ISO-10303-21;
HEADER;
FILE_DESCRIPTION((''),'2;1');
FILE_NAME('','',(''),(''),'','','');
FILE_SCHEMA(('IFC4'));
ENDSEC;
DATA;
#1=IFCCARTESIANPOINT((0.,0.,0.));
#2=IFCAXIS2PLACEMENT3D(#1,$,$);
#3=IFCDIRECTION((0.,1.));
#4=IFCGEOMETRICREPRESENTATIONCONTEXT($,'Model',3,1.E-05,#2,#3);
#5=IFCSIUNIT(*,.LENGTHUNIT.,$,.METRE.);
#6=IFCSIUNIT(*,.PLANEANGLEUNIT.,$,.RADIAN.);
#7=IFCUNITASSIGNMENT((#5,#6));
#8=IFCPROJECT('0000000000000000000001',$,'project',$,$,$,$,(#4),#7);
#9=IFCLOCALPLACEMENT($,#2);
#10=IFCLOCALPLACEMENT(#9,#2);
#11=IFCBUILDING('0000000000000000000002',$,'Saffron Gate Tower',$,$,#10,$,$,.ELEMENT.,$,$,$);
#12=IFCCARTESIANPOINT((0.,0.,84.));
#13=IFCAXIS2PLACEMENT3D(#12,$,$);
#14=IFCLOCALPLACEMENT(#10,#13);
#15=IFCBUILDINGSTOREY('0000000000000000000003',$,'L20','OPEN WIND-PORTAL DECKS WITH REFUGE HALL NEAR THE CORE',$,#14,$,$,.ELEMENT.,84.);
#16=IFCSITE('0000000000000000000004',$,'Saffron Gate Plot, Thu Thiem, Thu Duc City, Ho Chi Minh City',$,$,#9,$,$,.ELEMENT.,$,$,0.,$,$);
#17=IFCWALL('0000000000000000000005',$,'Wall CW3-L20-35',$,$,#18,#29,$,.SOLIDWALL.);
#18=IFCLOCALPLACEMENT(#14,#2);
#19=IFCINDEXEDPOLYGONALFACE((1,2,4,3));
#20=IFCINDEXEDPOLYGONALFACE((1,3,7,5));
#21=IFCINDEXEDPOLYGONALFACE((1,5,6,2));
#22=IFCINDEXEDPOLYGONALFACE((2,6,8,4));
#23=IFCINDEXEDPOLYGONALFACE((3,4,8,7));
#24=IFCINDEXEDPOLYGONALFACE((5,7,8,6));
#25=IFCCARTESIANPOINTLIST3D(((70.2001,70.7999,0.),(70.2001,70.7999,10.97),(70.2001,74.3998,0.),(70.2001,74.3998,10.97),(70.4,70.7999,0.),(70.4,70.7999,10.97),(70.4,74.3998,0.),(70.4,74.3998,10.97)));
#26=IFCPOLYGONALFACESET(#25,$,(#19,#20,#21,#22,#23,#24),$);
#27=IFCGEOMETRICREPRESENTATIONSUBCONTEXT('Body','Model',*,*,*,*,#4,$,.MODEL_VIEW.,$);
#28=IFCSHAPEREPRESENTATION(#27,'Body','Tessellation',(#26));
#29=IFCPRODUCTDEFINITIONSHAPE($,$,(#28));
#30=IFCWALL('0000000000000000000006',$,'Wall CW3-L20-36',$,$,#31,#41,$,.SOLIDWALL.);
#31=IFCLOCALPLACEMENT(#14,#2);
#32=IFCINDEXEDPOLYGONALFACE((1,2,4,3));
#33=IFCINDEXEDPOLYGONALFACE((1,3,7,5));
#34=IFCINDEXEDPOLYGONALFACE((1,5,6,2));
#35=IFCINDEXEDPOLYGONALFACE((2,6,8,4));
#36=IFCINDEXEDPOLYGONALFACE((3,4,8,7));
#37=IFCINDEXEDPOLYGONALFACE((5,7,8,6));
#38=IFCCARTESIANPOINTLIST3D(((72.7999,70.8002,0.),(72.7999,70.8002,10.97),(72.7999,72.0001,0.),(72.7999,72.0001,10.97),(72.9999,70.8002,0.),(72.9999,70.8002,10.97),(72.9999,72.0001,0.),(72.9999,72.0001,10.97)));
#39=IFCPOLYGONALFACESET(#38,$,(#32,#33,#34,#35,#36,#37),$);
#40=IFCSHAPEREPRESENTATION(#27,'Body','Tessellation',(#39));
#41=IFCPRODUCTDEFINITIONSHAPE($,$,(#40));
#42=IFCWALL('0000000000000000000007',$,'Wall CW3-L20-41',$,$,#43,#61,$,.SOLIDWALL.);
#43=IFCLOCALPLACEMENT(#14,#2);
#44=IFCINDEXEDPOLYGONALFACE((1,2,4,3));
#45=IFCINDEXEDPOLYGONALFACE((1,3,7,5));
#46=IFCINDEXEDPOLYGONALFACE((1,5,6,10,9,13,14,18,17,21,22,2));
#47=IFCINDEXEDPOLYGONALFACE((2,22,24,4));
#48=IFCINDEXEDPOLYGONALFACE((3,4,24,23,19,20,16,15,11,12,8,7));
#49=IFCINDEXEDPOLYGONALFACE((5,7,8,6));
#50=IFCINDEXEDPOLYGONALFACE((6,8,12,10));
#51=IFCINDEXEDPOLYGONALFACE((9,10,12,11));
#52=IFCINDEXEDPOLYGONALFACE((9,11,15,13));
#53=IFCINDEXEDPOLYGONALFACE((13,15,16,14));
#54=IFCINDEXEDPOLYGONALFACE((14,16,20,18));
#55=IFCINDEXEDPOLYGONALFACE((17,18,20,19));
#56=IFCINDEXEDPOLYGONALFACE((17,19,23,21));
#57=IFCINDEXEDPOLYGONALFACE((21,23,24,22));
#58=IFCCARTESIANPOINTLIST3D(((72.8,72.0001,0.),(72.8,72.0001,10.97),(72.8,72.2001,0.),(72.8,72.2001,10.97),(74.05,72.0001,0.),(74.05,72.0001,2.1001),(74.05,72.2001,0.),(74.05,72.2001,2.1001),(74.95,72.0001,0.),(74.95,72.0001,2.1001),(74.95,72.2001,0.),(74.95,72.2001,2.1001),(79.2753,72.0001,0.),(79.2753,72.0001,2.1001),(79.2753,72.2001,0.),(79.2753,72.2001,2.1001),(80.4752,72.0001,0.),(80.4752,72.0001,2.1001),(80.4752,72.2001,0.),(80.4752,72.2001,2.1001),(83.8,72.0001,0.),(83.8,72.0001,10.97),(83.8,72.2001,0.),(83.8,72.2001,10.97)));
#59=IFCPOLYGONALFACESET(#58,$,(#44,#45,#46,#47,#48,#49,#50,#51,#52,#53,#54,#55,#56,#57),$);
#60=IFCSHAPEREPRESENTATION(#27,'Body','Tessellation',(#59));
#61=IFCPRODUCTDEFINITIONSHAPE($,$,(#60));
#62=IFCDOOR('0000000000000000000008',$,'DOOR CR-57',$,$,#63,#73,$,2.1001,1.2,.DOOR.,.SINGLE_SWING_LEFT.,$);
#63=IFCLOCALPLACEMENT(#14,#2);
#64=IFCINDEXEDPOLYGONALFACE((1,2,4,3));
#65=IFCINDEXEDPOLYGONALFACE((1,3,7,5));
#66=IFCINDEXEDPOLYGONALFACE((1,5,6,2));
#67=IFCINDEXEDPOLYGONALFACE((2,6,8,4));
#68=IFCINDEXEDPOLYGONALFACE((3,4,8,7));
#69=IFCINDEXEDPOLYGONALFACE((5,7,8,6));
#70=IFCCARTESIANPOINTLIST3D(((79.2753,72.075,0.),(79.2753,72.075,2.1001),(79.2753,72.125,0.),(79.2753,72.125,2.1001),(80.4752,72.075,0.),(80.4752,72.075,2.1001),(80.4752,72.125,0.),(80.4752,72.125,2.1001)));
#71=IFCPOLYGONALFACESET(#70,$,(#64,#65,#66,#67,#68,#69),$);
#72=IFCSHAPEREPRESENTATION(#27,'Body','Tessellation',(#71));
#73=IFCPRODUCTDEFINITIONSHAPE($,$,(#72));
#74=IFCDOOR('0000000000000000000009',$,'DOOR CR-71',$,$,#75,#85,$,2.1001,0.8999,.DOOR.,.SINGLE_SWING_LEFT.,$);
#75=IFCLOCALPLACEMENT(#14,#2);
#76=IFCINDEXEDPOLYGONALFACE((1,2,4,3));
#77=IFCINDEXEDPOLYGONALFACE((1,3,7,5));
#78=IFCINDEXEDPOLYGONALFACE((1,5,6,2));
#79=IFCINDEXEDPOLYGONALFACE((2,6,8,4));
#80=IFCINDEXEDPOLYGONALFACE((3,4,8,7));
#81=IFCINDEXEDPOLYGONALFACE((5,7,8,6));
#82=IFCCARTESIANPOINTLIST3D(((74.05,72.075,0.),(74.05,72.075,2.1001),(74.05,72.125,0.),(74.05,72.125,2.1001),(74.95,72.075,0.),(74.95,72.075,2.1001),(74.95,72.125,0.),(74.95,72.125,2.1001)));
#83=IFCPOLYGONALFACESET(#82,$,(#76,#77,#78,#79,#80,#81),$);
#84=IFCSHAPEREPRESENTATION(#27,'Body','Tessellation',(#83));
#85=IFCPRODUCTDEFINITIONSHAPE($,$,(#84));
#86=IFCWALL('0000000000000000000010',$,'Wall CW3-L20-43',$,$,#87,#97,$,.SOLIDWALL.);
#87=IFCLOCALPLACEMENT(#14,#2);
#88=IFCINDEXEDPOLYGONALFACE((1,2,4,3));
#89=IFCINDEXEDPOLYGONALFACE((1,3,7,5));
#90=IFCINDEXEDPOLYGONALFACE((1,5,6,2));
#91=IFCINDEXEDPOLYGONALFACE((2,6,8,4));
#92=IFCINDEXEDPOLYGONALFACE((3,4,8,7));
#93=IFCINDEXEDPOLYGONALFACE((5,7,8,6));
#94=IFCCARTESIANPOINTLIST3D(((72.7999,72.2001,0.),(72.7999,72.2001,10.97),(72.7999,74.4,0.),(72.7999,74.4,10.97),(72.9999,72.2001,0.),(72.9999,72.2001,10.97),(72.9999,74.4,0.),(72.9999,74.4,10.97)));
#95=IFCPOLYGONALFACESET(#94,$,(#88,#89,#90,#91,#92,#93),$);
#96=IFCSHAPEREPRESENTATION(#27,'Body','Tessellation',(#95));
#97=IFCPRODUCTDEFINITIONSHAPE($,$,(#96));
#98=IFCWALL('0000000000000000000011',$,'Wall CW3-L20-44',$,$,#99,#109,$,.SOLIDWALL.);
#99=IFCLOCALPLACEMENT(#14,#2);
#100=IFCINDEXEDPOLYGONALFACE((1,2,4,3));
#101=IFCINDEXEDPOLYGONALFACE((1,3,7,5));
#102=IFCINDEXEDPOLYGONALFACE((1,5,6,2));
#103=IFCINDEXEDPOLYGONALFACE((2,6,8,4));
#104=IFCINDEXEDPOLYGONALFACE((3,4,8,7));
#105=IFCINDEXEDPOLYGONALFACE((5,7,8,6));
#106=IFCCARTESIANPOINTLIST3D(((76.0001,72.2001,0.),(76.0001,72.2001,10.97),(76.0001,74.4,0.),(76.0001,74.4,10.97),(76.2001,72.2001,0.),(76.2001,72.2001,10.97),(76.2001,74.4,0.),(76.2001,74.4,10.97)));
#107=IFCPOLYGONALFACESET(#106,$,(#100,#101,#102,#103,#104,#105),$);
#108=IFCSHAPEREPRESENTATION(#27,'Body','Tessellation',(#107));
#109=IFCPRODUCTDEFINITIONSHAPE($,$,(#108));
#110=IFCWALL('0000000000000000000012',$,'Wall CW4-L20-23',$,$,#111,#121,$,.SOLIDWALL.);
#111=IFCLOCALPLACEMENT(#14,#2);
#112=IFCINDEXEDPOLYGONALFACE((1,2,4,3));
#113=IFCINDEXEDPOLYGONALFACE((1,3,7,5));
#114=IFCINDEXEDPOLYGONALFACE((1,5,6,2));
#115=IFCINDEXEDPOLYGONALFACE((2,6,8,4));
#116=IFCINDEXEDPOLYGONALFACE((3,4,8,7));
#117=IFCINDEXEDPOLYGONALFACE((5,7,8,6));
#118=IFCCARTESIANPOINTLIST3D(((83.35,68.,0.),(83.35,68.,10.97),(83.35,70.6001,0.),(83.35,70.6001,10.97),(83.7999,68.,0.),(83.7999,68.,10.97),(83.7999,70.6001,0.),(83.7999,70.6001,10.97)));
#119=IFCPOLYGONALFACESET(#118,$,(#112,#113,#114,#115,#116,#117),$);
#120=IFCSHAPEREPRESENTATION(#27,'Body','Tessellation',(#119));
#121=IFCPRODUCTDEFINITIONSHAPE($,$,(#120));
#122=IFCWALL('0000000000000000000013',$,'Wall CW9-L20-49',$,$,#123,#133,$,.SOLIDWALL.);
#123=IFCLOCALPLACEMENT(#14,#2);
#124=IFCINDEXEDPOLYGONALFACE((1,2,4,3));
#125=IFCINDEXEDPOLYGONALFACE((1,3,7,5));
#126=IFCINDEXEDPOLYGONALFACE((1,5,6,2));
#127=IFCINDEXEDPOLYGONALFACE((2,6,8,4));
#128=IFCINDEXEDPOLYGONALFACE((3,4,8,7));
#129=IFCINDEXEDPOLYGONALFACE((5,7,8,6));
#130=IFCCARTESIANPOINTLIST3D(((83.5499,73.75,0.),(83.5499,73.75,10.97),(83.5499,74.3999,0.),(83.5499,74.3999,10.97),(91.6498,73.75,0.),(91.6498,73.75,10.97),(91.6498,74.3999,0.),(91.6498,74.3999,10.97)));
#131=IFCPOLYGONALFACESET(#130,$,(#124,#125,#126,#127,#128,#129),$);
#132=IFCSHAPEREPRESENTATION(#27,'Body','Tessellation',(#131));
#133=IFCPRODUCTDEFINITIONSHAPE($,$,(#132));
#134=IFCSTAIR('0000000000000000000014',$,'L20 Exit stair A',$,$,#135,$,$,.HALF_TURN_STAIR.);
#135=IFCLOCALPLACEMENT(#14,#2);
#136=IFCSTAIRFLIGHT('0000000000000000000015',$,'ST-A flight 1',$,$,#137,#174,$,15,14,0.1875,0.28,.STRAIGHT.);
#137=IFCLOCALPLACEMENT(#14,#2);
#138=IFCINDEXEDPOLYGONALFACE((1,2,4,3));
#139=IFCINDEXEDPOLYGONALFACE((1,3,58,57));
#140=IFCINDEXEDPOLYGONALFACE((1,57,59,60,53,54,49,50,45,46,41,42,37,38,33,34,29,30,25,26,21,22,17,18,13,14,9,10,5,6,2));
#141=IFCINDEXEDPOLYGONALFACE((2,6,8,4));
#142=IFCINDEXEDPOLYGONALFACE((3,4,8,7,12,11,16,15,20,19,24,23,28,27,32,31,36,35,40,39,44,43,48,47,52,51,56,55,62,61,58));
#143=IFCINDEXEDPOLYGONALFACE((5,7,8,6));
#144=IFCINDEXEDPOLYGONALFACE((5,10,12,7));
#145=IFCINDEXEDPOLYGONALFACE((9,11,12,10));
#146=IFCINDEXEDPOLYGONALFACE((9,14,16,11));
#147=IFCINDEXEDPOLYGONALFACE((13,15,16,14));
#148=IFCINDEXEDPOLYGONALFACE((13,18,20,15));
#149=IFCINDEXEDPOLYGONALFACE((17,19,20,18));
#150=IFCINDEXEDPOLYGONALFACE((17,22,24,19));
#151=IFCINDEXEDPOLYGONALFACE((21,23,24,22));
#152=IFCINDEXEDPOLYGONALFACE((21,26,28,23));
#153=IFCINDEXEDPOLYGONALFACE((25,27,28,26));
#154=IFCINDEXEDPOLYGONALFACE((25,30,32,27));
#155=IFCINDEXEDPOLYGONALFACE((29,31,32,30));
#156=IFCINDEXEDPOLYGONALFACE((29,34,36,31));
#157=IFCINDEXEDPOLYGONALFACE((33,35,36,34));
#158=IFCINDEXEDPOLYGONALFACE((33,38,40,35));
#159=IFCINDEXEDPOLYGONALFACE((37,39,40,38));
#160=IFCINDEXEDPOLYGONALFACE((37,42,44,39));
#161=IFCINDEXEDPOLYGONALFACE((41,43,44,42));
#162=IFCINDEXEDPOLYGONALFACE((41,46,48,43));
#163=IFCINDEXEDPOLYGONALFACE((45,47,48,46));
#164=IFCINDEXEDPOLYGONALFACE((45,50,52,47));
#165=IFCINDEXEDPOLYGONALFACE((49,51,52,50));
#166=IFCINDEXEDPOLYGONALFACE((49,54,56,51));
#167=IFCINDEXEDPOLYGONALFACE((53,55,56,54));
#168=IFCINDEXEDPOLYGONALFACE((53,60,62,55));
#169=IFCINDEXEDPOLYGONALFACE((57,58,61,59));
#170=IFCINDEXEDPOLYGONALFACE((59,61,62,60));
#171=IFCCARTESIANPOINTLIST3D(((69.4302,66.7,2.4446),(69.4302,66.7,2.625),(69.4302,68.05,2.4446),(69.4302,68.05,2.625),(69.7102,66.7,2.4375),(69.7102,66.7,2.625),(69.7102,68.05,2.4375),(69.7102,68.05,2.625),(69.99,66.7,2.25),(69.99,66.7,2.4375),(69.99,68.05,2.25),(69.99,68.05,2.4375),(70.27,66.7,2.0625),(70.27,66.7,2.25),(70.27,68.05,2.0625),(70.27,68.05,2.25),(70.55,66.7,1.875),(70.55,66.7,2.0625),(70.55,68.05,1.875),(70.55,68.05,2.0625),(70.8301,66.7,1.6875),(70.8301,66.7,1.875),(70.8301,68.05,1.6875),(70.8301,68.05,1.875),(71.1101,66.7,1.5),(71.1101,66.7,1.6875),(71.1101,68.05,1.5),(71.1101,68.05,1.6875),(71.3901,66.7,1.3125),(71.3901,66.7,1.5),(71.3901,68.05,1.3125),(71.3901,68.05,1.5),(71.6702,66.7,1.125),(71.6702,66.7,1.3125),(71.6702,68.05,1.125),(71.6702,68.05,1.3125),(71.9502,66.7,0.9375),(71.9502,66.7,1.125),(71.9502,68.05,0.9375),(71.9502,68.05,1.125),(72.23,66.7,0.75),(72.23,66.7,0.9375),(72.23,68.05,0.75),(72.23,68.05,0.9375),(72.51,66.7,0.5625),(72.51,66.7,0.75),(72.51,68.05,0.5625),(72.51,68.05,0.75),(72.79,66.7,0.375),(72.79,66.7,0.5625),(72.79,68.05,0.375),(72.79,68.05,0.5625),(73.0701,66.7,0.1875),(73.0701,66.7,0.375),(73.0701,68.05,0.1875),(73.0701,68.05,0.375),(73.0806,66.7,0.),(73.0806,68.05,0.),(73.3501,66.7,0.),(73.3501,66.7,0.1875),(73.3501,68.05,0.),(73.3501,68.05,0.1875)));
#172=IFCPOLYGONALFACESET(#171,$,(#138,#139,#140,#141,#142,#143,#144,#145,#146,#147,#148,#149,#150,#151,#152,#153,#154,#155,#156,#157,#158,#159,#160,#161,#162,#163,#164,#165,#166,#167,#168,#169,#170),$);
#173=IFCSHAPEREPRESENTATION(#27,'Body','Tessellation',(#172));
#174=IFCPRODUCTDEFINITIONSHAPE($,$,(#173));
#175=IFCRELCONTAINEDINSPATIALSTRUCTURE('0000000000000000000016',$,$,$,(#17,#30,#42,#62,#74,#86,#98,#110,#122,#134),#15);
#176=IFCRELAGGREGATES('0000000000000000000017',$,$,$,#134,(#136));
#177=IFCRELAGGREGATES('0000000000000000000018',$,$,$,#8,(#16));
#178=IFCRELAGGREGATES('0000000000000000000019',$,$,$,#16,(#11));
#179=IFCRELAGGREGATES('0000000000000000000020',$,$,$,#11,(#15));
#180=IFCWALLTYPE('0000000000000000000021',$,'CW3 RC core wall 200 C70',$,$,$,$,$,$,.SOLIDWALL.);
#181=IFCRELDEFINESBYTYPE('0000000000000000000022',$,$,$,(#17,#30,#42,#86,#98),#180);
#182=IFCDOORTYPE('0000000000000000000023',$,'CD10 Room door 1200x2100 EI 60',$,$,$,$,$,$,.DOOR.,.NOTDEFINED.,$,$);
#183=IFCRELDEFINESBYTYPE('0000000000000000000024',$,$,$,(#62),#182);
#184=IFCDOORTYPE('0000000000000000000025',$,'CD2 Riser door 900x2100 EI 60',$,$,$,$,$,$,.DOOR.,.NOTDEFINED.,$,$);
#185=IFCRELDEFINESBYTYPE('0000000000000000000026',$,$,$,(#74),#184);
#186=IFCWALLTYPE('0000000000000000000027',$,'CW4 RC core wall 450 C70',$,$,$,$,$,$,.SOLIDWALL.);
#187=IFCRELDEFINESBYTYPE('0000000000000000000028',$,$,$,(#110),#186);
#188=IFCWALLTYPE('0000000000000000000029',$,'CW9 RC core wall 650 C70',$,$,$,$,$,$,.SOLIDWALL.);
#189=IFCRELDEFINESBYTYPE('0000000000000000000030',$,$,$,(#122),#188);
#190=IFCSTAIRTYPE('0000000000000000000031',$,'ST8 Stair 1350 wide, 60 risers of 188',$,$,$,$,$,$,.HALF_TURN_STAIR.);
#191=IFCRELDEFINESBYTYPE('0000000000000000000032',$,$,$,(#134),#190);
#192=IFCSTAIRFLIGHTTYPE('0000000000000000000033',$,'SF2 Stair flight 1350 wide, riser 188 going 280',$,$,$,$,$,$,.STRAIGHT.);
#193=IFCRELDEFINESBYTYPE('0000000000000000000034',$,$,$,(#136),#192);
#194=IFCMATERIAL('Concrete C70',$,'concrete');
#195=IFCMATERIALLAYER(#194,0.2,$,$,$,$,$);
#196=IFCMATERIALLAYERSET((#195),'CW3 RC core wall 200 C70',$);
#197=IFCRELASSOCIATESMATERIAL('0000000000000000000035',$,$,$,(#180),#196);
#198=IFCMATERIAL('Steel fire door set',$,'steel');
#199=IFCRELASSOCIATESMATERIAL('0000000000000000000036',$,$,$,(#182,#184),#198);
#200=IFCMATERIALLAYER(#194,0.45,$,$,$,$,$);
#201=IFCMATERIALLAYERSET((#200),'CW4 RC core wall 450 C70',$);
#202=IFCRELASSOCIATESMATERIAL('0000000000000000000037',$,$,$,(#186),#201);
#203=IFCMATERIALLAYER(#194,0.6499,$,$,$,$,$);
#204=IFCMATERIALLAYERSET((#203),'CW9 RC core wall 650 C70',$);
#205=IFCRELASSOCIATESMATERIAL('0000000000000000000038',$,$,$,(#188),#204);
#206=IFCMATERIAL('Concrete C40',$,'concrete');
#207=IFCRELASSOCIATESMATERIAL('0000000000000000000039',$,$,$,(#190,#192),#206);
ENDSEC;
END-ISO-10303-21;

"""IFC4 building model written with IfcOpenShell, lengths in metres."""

from ifc_helpers import new_model, si_unit, direction, frame, frame_2d, origin, place, context, subcontext, project, spatial, polyline, rectangle, outline, extrude, material, layer, layer_set, type_object, element, fill, aggregate, save


model = new_model("IFC4")

# Units and contexts
model_context = context("Model", 3, precision=1e-05, world=origin(), true_north=direction((0.0, 1.0)))
body_context = subcontext(model_context, "Body", "Model", "MODEL_VIEW")
ifc_project = project(units=[si_unit("LENGTHUNIT", "METRE"), si_unit("PLANEANGLEUNIT", "RADIAN")], contexts=[model_context])

# Site, building, storey
site_placement = place(None, origin())
site = spatial("IfcSite", under=ifc_project, at=site_placement, Name="Saffron Gate Plot, Thu Thiem, Thu Duc City, Ho Chi Minh City", CompositionType="ELEMENT", RefElevation=0.0)
building_placement = place(site_placement, origin())
building = spatial("IfcBuilding", under=site, at=building_placement, Name="Saffron Gate Tower", CompositionType="ELEMENT")
storey_placement = place(building_placement, frame((0.0, 0.0, 84.0)))
storey = spatial("IfcBuildingStorey", under=building, at=storey_placement, Name="L20", Description="OPEN WIND-PORTAL DECKS WITH REFUGE HALL NEAR THE CORE", CompositionType="ELEMENT", Elevation=84.0)

# Shared definitions
ifc_material_1 = material(Name="Concrete C70", Category="concrete")

# Shared definitions
ifc_layer_1 = layer(ifc_material_1, 0.2)
ifc_layer_set_1 = layer_set([ifc_layer_1], Name="CW3 RC core wall 200 C70")
wall_type_1 = type_object("IfcWallType", Name="CW3 RC core wall 200 C70", PredefinedType="SOLIDWALL", material=ifc_layer_set_1)
ifc_material_2 = material(Name="Steel fire door set", Category="steel")

# Walls
wall_1_placement = place(storey_placement, frame((70.3, 70.8, 0.0), z_axis=(0.0, 0.0, 1.0), x_axis=(0.0, 1.0, 0.0)))
element("IfcWall", 1, at=wall_1_placement, inside=storey, type_object=wall_type_1, Name="Wall CW3-L20-35", PredefinedType="SOLIDWALL", context=body_context, shape_type="SweptSolid", body=[
    extrude(rectangle(XDim=3.5999, YDim=0.2, at=frame_2d((1.7998, 0.0))), origin(), (0.0, 0.0, 1.0), 10.97),
])
wall_2_placement = place(storey_placement, frame((72.8999, 70.8, 0.0), z_axis=(0.0, 0.0, 1.0), x_axis=(0.0, 1.0, 0.0)))
element("IfcWall", 2, at=wall_2_placement, inside=storey, type_object=wall_type_1, Name="Wall CW3-L20-36", PredefinedType="SOLIDWALL", context=body_context, shape_type="SweptSolid", body=[
    extrude(rectangle(XDim=1.2, YDim=0.2, at=frame_2d((0.6001, 0.0))), origin(), (0.0, 0.0, 1.0), 10.97),
])

# Wall, openings, doors
wall_3_placement = place(storey_placement, frame((72.8, 72.1001, 0.0), z_axis=(0.0, 0.0, 1.0), x_axis=(1.0, 0.0, 0.0)))
wall_3 = element("IfcWall", 3, at=wall_3_placement, inside=storey, type_object=wall_type_1, Name="Wall CW3-L20-41", PredefinedType="SOLIDWALL", context=body_context, shape_type="SweptSolid", body=[
    extrude(rectangle(XDim=11.0, YDim=0.2, at=frame_2d((5.5, 0.0))), origin(), (0.0, 0.0, 1.0), 10.97),
])
opening_1_placement = place(wall_3_placement, frame((1.25, 0.0, 0.0)))
opening_1 = element("IfcOpeningElement", 4, at=opening_1_placement, cuts=wall_3, PredefinedType="OPENING", context=body_context, shape_type="SweptSolid", body=[
    extrude(rectangle(XDim=0.8999, YDim=2.1001, at=frame_2d((0.45, 1.05))), frame((0.0, 0.1099, 0.0), z_axis=(0.0, -1.0, 0.0), x_axis=(1.0, 0.0, 0.0)), (0.0, 0.0, 1.0), 0.22),
])
opening_2_placement = place(wall_3_placement, frame((6.4751, 0.0, 0.0)))
opening_2 = element("IfcOpeningElement", 5, at=opening_2_placement, cuts=wall_3, PredefinedType="OPENING", context=body_context, shape_type="SweptSolid", body=[
    extrude(rectangle(XDim=1.2, YDim=2.1001, at=frame_2d((0.6001, 1.05))), frame((0.0, 0.1099, 0.0), z_axis=(0.0, -1.0, 0.0), x_axis=(1.0, 0.0, 0.0)), (0.0, 0.0, 1.0), 0.22),
])
door_type_1 = type_object("IfcDoorType", Name="CD10 Room door 1200x2100 EI 60", OperationType="NOTDEFINED", PredefinedType="DOOR", material=ifc_material_2)
door_1_placement = place(opening_2_placement, origin())
door_1 = element("IfcDoor", 6, at=door_1_placement, inside=storey, type_object=door_type_1, Name="DOOR CR-57", OperationType="SINGLE_SWING_LEFT", OverallHeight=2.1001, OverallWidth=1.2, PredefinedType="DOOR", context=body_context, shape_type="SweptSolid", body=[
    extrude(rectangle(XDim=1.2, YDim=2.1001, at=frame_2d((0.6001, 1.05))), frame((0.0, 0.0249, 0.0), z_axis=(0.0, -1.0, 0.0), x_axis=(1.0, 0.0, 0.0)), (0.0, 0.0, 1.0), 0.05),
])
fill(opening_2, door_1)
door_type_2 = type_object("IfcDoorType", Name="CD2 Riser door 900x2100 EI 60", OperationType="NOTDEFINED", PredefinedType="DOOR", material=ifc_material_2)
door_2_placement = place(opening_1_placement, origin())
door_2 = element("IfcDoor", 7, at=door_2_placement, inside=storey, type_object=door_type_2, Name="DOOR CR-71", OperationType="SINGLE_SWING_LEFT", OverallHeight=2.1001, OverallWidth=0.8999, PredefinedType="DOOR", context=body_context, shape_type="SweptSolid", body=[
    extrude(rectangle(XDim=0.8999, YDim=2.1001, at=frame_2d((0.45, 1.05))), frame((0.0, 0.0249, 0.0), z_axis=(0.0, -1.0, 0.0), x_axis=(1.0, 0.0, 0.0)), (0.0, 0.0, 1.0), 0.05),
])
fill(opening_1, door_2)

# Walls
for number, where, z_axis, x_axis, name in (
    (8, (72.8999, 72.2, 0.0), (0.0, 0.0, 1.0), (0.0, 1.0, 0.0), "Wall CW3-L20-43"),
    (9, (76.1001, 72.2, 0.0), (0.0, 0.0, 1.0), (0.0, 1.0, 0.0), "Wall CW3-L20-44"),
):
    element("IfcWall", number, at=place(storey_placement, frame(where, z_axis=z_axis, x_axis=x_axis)), inside=storey, type_object=wall_type_1, Name=name, PredefinedType="SOLIDWALL", context=body_context, shape_type="SweptSolid", body=[
        extrude(rectangle(XDim=2.2, YDim=0.2, at=frame_2d((1.1001, 0.0))), origin(), (0.0, 0.0, 1.0), 10.97),
    ])
ifc_layer_2 = layer(ifc_material_1, 0.45)
ifc_layer_set_2 = layer_set([ifc_layer_2], Name="CW4 RC core wall 450 C70")
wall_type_2 = type_object("IfcWallType", Name="CW4 RC core wall 450 C70", PredefinedType="SOLIDWALL", material=ifc_layer_set_2)
wall_4_placement = place(storey_placement, frame((83.575, 68.0, 0.0), z_axis=(0.0, 0.0, 1.0), x_axis=(0.0, 1.0, 0.0)))
element("IfcWall", 10, at=wall_4_placement, inside=storey, type_object=wall_type_2, Name="Wall CW4-L20-23", PredefinedType="SOLIDWALL", context=body_context, shape_type="SweptSolid", body=[
    extrude(rectangle(XDim=2.6001, YDim=0.45, at=frame_2d((1.3, 0.0))), origin(), (0.0, 0.0, 1.0), 10.97),
])
ifc_layer_3 = layer(ifc_material_1, 0.6499)
ifc_layer_set_3 = layer_set([ifc_layer_3], Name="CW9 RC core wall 650 C70")
wall_type_3 = type_object("IfcWallType", Name="CW9 RC core wall 650 C70", PredefinedType="SOLIDWALL", material=ifc_layer_set_3)
wall_5_placement = place(storey_placement, frame((83.55, 74.075, 0.0), z_axis=(0.0, 0.0, 1.0), x_axis=(1.0, 0.0, 0.0)))
element("IfcWall", 11, at=wall_5_placement, inside=storey, type_object=wall_type_3, Name="Wall CW9-L20-49", PredefinedType="SOLIDWALL", context=body_context, shape_type="SweptSolid", body=[
    extrude(rectangle(XDim=8.0999, YDim=0.6499, at=frame_2d((4.0498, 0.0))), origin(), (0.0, 0.0, 1.0), 10.97),
])

# Stair, stair flight
ifc_material_3 = material(Name="Concrete C40", Category="concrete")
stair_type = type_object("IfcStairType", Name="ST8 Stair 1350 wide, 60 risers of 188", PredefinedType="HALF_TURN_STAIR", material=ifc_material_3)
stair_placement = place(storey_placement, origin())
stair = element("IfcStair", 12, at=stair_placement, inside=storey, type_object=stair_type, Name="L20 Exit stair A", PredefinedType="HALF_TURN_STAIR")
stair_flight_type = type_object("IfcStairFlightType", Name="SF2 Stair flight 1350 wide, riser 188 going 280", PredefinedType="STRAIGHT", material=ifc_material_3)
stair_flight_1_placement = place(storey_placement, frame((73.3501, 67.375, 0.0), z_axis=(0.0, 0.0, 1.0), x_axis=(-1.0, 0.0, 0.0)))
stair_flight_1 = element("IfcStairFlight", 13, at=stair_flight_1_placement, type_object=stair_flight_type, Name="ST-A flight 1", NumberOfRisers=15, NumberOfTreads=14, PredefinedType="STRAIGHT", RiserHeight=0.1875, TreadLength=0.28, context=body_context, shape_type="SweptSolid", body=[
    extrude(outline(polyline([(0.0, 0.0), (0.0, 0.1875), (0.28, 0.1875), (0.28, 0.375), (0.5601, 0.375), (0.5601, 0.5625), (0.8401, 0.5625), (0.8401, 0.75), (1.1201, 0.75), (1.1201, 0.9375), (1.3999, 0.9375), (1.3999, 1.125), (1.6799, 1.125), (1.6799, 1.3125), (1.96, 1.3125), (1.96, 1.5), (2.24, 1.5), (2.24, 1.6875), (2.52, 1.6875), (2.52, 1.875), (2.8, 1.875), (2.8, 2.0625), (3.0801, 2.0625), (3.0801, 2.25), (3.3601, 2.25), (3.3601, 2.4375), (3.6399, 2.4375), (3.6399, 2.625), (3.9199, 2.625), (3.9199, 2.8125), (3.9199, 2.4446), (0.2695, 0.0), (0.0, 0.0)])), frame((0.0, 0.675, 0.0), z_axis=(0.0, -1.0, 0.0), x_axis=(1.0, 0.0, 0.0)), (0.0, 0.0, 1.0), 1.3501),
])
aggregate(stair, [stair_flight_1])

save(model, "model.ifc")
